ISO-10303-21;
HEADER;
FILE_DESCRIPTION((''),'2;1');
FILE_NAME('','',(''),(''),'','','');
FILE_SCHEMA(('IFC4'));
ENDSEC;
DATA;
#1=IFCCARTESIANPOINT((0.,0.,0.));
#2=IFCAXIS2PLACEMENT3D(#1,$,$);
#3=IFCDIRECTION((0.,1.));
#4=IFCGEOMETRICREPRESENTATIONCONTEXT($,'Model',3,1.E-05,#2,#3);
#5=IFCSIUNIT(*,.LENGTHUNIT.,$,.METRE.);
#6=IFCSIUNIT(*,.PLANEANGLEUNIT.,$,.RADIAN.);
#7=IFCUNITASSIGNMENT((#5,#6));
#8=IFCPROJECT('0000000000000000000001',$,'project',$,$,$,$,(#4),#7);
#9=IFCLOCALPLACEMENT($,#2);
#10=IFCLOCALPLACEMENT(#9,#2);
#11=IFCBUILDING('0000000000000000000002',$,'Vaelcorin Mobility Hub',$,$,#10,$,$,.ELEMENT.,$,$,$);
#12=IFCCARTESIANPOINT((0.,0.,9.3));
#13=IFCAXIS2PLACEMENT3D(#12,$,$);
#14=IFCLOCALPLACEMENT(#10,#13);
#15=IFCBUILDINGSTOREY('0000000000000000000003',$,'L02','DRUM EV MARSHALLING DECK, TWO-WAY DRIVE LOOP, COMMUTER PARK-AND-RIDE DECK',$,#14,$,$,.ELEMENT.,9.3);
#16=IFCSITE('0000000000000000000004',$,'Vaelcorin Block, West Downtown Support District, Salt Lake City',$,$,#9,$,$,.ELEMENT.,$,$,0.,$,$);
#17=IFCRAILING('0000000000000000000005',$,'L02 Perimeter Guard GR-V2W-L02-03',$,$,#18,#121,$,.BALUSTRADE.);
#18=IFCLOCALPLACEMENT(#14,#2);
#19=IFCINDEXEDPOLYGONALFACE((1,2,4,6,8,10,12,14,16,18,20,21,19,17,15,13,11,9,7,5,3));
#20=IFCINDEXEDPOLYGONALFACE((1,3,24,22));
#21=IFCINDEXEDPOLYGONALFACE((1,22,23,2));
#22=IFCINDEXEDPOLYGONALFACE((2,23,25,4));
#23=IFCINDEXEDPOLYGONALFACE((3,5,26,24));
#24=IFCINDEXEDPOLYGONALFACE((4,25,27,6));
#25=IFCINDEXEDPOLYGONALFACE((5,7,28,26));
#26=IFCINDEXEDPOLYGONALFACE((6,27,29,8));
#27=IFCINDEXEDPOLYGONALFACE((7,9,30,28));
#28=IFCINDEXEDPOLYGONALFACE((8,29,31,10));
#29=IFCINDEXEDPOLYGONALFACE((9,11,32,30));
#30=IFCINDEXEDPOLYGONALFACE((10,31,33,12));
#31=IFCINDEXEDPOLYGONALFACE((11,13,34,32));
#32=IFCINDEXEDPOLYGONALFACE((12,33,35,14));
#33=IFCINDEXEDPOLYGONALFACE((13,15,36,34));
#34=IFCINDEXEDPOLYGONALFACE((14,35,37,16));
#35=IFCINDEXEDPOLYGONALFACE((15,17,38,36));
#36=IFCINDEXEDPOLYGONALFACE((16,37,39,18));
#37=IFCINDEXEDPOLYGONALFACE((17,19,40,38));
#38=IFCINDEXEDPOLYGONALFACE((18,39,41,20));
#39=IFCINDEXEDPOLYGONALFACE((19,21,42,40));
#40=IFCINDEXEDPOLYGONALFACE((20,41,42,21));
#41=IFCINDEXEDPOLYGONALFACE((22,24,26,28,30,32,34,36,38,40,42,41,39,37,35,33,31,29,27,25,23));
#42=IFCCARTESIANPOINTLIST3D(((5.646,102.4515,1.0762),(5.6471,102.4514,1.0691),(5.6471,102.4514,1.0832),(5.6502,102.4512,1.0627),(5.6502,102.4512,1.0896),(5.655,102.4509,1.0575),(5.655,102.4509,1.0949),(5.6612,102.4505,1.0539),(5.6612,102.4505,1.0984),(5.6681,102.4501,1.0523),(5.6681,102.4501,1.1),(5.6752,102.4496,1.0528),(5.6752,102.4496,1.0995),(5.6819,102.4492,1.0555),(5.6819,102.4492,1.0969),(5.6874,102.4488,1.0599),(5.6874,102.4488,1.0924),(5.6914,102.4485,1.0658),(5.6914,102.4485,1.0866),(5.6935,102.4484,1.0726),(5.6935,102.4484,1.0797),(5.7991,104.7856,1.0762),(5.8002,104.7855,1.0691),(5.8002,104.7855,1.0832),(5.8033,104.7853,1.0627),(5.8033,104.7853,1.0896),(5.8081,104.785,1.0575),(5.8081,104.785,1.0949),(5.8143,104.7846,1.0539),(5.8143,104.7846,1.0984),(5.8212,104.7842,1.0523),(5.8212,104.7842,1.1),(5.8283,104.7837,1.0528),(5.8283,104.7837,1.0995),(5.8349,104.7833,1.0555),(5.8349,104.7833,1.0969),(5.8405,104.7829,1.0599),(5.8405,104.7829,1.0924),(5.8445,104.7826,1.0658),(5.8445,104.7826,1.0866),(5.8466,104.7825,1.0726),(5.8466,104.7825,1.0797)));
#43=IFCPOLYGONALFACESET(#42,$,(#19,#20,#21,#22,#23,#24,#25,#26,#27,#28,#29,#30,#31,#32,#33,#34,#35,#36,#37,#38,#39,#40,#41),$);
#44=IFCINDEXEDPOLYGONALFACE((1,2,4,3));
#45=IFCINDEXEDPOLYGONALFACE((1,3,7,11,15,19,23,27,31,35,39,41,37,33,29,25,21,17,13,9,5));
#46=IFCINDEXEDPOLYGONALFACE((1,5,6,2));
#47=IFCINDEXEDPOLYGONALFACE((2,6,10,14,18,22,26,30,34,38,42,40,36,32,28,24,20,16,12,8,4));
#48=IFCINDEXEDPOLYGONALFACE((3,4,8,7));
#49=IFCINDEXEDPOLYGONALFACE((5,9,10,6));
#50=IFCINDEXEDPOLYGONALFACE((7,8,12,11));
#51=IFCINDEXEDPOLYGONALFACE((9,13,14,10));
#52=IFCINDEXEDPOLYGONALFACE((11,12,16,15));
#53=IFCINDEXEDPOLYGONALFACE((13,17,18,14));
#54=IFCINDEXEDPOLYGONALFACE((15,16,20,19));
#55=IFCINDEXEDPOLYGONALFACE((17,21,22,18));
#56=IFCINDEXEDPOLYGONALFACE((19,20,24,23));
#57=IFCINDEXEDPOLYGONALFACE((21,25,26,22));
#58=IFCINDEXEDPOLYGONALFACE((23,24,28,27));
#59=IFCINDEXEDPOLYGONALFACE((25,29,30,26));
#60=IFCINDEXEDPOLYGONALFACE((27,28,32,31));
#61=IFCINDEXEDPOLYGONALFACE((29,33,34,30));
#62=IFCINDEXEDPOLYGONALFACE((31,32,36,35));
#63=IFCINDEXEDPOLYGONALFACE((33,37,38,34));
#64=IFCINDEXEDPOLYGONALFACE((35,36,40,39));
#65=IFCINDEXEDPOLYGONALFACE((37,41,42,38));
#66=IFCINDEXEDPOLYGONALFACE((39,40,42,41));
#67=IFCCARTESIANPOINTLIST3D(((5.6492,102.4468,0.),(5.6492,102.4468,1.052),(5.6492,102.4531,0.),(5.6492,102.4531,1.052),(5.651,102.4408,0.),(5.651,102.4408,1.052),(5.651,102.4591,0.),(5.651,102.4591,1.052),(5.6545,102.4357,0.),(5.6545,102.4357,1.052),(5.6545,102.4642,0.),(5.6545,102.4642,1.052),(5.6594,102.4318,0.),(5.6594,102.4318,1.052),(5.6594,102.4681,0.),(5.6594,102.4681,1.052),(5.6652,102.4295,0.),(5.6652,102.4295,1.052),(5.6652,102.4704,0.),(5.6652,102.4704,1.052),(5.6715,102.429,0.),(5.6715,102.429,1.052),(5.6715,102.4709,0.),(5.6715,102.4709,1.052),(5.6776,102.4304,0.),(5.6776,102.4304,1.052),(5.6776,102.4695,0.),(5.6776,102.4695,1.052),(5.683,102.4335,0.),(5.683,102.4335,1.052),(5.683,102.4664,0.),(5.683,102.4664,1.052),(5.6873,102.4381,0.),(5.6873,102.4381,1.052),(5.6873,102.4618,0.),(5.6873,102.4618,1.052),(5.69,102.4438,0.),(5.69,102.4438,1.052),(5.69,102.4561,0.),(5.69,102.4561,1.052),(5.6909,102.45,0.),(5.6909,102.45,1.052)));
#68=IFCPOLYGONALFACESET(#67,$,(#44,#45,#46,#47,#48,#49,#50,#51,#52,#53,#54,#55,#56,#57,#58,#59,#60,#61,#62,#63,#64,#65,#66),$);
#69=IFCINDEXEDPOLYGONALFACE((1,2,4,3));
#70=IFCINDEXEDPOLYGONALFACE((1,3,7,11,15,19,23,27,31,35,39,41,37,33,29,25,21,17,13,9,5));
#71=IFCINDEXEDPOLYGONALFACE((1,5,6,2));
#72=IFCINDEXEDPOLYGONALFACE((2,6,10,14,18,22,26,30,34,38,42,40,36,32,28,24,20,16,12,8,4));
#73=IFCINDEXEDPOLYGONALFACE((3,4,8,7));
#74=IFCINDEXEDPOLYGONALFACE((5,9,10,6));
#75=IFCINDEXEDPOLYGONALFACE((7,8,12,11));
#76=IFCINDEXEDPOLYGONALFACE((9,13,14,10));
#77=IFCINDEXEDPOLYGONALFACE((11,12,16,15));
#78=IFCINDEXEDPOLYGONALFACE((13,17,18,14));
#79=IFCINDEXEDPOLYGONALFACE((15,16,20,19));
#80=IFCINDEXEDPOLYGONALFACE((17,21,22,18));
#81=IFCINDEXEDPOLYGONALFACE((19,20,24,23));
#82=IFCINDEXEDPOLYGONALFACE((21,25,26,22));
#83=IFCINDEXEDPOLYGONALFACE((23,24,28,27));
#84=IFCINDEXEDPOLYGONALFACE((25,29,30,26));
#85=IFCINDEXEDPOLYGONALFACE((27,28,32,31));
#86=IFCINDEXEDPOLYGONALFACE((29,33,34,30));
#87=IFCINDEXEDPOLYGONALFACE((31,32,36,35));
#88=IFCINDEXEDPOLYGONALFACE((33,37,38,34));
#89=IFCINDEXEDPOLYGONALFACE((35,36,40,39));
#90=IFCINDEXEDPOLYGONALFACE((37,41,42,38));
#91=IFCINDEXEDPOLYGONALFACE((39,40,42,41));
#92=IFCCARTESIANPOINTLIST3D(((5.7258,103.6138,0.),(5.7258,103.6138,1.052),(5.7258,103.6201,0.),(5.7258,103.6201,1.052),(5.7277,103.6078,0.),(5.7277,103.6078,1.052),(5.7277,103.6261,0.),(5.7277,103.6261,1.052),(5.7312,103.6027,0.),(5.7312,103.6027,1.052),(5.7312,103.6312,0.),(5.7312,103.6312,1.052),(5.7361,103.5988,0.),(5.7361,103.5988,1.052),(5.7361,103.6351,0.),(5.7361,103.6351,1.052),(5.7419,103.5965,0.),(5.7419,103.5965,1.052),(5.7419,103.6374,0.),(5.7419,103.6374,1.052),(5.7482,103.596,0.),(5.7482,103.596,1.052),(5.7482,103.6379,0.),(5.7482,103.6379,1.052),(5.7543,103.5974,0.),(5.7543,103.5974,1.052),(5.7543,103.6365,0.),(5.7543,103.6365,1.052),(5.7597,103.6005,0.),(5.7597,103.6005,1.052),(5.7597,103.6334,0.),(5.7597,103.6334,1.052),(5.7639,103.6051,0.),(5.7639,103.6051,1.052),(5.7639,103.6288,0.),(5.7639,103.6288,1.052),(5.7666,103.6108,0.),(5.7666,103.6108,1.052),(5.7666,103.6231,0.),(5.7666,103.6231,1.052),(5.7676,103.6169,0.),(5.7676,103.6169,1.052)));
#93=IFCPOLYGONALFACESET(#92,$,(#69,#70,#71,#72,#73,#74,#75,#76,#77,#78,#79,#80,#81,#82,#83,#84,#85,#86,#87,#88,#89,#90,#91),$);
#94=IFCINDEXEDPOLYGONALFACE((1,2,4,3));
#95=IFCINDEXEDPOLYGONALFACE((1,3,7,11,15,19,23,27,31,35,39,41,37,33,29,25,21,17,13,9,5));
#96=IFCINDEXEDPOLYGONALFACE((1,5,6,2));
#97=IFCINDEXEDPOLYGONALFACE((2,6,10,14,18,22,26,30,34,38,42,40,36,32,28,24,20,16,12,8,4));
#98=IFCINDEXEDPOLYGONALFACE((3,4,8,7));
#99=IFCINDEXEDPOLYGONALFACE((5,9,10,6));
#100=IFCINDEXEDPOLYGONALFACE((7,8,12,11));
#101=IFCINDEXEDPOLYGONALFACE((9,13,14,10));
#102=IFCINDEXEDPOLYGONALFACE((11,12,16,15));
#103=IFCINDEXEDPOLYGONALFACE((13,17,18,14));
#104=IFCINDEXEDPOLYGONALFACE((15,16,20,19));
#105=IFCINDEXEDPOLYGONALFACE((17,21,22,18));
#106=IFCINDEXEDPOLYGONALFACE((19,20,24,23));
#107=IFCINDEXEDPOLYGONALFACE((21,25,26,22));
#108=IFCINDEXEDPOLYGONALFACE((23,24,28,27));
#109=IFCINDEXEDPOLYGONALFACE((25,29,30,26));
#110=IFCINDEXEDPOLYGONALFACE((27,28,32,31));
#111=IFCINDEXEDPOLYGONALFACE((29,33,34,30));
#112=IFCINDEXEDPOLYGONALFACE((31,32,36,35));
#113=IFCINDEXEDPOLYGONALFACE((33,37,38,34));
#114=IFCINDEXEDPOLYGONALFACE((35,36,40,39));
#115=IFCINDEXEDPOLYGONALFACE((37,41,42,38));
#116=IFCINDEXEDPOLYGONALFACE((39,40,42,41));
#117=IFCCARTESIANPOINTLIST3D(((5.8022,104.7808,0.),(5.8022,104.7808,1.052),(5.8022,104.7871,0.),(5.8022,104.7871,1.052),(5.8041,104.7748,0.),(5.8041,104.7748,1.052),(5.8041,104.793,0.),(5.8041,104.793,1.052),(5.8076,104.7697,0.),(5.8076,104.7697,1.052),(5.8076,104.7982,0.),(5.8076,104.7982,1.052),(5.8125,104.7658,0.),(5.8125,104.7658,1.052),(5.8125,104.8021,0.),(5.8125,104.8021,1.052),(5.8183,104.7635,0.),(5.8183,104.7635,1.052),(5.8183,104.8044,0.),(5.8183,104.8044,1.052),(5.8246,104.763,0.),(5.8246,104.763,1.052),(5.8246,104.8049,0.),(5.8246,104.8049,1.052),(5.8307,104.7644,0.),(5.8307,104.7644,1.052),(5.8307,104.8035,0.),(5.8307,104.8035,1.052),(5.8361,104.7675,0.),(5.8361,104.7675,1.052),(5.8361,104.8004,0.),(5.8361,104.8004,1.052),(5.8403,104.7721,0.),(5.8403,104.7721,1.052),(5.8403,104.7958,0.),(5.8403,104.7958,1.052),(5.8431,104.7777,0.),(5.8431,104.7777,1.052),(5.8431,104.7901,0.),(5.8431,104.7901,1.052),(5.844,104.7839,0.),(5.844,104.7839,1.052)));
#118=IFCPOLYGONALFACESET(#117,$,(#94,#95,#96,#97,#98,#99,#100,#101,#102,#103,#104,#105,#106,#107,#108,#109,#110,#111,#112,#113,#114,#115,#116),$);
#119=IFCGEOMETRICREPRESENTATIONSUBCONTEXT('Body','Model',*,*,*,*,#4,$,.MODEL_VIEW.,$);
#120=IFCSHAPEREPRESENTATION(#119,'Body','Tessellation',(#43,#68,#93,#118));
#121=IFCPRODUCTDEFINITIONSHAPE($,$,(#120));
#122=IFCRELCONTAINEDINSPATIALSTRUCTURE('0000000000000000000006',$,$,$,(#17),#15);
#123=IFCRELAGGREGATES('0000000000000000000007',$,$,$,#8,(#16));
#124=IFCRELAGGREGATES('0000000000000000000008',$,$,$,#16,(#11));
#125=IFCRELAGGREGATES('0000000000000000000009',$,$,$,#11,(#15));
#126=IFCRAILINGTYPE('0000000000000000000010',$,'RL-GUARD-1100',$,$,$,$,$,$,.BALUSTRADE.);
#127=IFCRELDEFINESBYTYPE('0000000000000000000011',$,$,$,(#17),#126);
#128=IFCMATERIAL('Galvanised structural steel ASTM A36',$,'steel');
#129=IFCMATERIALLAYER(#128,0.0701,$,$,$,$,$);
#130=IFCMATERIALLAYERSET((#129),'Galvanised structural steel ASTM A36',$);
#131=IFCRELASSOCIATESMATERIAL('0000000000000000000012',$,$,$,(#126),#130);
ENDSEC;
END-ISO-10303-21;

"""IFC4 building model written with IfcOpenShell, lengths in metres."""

from ifc_helpers import new_model, si_unit, direction, frame, origin, origin_2d, place, context, subcontext, project, spatial, circle, extrude, material, layer, layer_set, type_object, element, save


model = new_model("IFC4")

# Units and contexts
model_context = context("Model", 3, precision=1e-05, world=origin(), true_north=direction((0.0, 1.0)))
body_context = subcontext(model_context, "Body", "Model", "MODEL_VIEW")
ifc_project = project(units=[si_unit("LENGTHUNIT", "METRE"), si_unit("PLANEANGLEUNIT", "RADIAN")], contexts=[model_context])

# Site, building, storey
site_placement = place(None, origin())
site = spatial("IfcSite", under=ifc_project, at=site_placement, Name="Vaelcorin Block, West Downtown Support District, Salt Lake City", CompositionType="ELEMENT", RefElevation=0.0)
building_placement = place(site_placement, origin())
building = spatial("IfcBuilding", under=site, at=building_placement, Name="Vaelcorin Mobility Hub", CompositionType="ELEMENT")
storey_placement = place(building_placement, frame((0.0, 0.0, 9.3)))
storey = spatial("IfcBuildingStorey", under=building, at=storey_placement, Name="L02", Description="DRUM EV MARSHALLING DECK, TWO-WAY DRIVE LOOP, COMMUTER PARK-AND-RIDE DECK", CompositionType="ELEMENT", Elevation=9.3)

# Railing
ifc_material_1 = material(Name="Galvanised structural steel ASTM A36", Category="steel")
ifc_layer_1 = layer(ifc_material_1, 0.0701)
ifc_layer_set_1 = layer_set([ifc_layer_1], Name="Galvanised structural steel ASTM A36")
railing_type = type_object("IfcRailingType", Name="RL-GUARD-1100", PredefinedType="BALUSTRADE", material=ifc_layer_set_1)
railing_1_placement = place(storey_placement, frame((5.6699, 102.45, 0.0)))
element("IfcRailing", 1, at=railing_1_placement, inside=storey, type_object=railing_type, Name="L02 Perimeter Guard GR-V2W-L02-03", PredefinedType="BALUSTRADE", context=body_context, shape_type="SweptSolid", body=[
    extrude(circle(Radius=0.0239, at=origin_2d()), frame((0.0, 0.0, 1.0762), z_axis=(0.065445, 0.997856, 0.0), x_axis=(-0.997856, 0.065445, 0.0)), (0.0, 0.0, 1.0), 2.3391),
    extrude(circle(Radius=0.021, at=origin_2d()), origin(), (0.0, 0.0, 1.0), 1.052),
    extrude(circle(Radius=0.021, at=origin_2d()), frame((0.0767, 1.167, 0.0)), (0.0, 0.0, 1.0), 1.052),
    extrude(circle(Radius=0.021, at=origin_2d()), frame((0.1531, 2.334, 0.0)), (0.0, 0.0, 1.0), 1.052),
])

save(model, "model.ifc")
